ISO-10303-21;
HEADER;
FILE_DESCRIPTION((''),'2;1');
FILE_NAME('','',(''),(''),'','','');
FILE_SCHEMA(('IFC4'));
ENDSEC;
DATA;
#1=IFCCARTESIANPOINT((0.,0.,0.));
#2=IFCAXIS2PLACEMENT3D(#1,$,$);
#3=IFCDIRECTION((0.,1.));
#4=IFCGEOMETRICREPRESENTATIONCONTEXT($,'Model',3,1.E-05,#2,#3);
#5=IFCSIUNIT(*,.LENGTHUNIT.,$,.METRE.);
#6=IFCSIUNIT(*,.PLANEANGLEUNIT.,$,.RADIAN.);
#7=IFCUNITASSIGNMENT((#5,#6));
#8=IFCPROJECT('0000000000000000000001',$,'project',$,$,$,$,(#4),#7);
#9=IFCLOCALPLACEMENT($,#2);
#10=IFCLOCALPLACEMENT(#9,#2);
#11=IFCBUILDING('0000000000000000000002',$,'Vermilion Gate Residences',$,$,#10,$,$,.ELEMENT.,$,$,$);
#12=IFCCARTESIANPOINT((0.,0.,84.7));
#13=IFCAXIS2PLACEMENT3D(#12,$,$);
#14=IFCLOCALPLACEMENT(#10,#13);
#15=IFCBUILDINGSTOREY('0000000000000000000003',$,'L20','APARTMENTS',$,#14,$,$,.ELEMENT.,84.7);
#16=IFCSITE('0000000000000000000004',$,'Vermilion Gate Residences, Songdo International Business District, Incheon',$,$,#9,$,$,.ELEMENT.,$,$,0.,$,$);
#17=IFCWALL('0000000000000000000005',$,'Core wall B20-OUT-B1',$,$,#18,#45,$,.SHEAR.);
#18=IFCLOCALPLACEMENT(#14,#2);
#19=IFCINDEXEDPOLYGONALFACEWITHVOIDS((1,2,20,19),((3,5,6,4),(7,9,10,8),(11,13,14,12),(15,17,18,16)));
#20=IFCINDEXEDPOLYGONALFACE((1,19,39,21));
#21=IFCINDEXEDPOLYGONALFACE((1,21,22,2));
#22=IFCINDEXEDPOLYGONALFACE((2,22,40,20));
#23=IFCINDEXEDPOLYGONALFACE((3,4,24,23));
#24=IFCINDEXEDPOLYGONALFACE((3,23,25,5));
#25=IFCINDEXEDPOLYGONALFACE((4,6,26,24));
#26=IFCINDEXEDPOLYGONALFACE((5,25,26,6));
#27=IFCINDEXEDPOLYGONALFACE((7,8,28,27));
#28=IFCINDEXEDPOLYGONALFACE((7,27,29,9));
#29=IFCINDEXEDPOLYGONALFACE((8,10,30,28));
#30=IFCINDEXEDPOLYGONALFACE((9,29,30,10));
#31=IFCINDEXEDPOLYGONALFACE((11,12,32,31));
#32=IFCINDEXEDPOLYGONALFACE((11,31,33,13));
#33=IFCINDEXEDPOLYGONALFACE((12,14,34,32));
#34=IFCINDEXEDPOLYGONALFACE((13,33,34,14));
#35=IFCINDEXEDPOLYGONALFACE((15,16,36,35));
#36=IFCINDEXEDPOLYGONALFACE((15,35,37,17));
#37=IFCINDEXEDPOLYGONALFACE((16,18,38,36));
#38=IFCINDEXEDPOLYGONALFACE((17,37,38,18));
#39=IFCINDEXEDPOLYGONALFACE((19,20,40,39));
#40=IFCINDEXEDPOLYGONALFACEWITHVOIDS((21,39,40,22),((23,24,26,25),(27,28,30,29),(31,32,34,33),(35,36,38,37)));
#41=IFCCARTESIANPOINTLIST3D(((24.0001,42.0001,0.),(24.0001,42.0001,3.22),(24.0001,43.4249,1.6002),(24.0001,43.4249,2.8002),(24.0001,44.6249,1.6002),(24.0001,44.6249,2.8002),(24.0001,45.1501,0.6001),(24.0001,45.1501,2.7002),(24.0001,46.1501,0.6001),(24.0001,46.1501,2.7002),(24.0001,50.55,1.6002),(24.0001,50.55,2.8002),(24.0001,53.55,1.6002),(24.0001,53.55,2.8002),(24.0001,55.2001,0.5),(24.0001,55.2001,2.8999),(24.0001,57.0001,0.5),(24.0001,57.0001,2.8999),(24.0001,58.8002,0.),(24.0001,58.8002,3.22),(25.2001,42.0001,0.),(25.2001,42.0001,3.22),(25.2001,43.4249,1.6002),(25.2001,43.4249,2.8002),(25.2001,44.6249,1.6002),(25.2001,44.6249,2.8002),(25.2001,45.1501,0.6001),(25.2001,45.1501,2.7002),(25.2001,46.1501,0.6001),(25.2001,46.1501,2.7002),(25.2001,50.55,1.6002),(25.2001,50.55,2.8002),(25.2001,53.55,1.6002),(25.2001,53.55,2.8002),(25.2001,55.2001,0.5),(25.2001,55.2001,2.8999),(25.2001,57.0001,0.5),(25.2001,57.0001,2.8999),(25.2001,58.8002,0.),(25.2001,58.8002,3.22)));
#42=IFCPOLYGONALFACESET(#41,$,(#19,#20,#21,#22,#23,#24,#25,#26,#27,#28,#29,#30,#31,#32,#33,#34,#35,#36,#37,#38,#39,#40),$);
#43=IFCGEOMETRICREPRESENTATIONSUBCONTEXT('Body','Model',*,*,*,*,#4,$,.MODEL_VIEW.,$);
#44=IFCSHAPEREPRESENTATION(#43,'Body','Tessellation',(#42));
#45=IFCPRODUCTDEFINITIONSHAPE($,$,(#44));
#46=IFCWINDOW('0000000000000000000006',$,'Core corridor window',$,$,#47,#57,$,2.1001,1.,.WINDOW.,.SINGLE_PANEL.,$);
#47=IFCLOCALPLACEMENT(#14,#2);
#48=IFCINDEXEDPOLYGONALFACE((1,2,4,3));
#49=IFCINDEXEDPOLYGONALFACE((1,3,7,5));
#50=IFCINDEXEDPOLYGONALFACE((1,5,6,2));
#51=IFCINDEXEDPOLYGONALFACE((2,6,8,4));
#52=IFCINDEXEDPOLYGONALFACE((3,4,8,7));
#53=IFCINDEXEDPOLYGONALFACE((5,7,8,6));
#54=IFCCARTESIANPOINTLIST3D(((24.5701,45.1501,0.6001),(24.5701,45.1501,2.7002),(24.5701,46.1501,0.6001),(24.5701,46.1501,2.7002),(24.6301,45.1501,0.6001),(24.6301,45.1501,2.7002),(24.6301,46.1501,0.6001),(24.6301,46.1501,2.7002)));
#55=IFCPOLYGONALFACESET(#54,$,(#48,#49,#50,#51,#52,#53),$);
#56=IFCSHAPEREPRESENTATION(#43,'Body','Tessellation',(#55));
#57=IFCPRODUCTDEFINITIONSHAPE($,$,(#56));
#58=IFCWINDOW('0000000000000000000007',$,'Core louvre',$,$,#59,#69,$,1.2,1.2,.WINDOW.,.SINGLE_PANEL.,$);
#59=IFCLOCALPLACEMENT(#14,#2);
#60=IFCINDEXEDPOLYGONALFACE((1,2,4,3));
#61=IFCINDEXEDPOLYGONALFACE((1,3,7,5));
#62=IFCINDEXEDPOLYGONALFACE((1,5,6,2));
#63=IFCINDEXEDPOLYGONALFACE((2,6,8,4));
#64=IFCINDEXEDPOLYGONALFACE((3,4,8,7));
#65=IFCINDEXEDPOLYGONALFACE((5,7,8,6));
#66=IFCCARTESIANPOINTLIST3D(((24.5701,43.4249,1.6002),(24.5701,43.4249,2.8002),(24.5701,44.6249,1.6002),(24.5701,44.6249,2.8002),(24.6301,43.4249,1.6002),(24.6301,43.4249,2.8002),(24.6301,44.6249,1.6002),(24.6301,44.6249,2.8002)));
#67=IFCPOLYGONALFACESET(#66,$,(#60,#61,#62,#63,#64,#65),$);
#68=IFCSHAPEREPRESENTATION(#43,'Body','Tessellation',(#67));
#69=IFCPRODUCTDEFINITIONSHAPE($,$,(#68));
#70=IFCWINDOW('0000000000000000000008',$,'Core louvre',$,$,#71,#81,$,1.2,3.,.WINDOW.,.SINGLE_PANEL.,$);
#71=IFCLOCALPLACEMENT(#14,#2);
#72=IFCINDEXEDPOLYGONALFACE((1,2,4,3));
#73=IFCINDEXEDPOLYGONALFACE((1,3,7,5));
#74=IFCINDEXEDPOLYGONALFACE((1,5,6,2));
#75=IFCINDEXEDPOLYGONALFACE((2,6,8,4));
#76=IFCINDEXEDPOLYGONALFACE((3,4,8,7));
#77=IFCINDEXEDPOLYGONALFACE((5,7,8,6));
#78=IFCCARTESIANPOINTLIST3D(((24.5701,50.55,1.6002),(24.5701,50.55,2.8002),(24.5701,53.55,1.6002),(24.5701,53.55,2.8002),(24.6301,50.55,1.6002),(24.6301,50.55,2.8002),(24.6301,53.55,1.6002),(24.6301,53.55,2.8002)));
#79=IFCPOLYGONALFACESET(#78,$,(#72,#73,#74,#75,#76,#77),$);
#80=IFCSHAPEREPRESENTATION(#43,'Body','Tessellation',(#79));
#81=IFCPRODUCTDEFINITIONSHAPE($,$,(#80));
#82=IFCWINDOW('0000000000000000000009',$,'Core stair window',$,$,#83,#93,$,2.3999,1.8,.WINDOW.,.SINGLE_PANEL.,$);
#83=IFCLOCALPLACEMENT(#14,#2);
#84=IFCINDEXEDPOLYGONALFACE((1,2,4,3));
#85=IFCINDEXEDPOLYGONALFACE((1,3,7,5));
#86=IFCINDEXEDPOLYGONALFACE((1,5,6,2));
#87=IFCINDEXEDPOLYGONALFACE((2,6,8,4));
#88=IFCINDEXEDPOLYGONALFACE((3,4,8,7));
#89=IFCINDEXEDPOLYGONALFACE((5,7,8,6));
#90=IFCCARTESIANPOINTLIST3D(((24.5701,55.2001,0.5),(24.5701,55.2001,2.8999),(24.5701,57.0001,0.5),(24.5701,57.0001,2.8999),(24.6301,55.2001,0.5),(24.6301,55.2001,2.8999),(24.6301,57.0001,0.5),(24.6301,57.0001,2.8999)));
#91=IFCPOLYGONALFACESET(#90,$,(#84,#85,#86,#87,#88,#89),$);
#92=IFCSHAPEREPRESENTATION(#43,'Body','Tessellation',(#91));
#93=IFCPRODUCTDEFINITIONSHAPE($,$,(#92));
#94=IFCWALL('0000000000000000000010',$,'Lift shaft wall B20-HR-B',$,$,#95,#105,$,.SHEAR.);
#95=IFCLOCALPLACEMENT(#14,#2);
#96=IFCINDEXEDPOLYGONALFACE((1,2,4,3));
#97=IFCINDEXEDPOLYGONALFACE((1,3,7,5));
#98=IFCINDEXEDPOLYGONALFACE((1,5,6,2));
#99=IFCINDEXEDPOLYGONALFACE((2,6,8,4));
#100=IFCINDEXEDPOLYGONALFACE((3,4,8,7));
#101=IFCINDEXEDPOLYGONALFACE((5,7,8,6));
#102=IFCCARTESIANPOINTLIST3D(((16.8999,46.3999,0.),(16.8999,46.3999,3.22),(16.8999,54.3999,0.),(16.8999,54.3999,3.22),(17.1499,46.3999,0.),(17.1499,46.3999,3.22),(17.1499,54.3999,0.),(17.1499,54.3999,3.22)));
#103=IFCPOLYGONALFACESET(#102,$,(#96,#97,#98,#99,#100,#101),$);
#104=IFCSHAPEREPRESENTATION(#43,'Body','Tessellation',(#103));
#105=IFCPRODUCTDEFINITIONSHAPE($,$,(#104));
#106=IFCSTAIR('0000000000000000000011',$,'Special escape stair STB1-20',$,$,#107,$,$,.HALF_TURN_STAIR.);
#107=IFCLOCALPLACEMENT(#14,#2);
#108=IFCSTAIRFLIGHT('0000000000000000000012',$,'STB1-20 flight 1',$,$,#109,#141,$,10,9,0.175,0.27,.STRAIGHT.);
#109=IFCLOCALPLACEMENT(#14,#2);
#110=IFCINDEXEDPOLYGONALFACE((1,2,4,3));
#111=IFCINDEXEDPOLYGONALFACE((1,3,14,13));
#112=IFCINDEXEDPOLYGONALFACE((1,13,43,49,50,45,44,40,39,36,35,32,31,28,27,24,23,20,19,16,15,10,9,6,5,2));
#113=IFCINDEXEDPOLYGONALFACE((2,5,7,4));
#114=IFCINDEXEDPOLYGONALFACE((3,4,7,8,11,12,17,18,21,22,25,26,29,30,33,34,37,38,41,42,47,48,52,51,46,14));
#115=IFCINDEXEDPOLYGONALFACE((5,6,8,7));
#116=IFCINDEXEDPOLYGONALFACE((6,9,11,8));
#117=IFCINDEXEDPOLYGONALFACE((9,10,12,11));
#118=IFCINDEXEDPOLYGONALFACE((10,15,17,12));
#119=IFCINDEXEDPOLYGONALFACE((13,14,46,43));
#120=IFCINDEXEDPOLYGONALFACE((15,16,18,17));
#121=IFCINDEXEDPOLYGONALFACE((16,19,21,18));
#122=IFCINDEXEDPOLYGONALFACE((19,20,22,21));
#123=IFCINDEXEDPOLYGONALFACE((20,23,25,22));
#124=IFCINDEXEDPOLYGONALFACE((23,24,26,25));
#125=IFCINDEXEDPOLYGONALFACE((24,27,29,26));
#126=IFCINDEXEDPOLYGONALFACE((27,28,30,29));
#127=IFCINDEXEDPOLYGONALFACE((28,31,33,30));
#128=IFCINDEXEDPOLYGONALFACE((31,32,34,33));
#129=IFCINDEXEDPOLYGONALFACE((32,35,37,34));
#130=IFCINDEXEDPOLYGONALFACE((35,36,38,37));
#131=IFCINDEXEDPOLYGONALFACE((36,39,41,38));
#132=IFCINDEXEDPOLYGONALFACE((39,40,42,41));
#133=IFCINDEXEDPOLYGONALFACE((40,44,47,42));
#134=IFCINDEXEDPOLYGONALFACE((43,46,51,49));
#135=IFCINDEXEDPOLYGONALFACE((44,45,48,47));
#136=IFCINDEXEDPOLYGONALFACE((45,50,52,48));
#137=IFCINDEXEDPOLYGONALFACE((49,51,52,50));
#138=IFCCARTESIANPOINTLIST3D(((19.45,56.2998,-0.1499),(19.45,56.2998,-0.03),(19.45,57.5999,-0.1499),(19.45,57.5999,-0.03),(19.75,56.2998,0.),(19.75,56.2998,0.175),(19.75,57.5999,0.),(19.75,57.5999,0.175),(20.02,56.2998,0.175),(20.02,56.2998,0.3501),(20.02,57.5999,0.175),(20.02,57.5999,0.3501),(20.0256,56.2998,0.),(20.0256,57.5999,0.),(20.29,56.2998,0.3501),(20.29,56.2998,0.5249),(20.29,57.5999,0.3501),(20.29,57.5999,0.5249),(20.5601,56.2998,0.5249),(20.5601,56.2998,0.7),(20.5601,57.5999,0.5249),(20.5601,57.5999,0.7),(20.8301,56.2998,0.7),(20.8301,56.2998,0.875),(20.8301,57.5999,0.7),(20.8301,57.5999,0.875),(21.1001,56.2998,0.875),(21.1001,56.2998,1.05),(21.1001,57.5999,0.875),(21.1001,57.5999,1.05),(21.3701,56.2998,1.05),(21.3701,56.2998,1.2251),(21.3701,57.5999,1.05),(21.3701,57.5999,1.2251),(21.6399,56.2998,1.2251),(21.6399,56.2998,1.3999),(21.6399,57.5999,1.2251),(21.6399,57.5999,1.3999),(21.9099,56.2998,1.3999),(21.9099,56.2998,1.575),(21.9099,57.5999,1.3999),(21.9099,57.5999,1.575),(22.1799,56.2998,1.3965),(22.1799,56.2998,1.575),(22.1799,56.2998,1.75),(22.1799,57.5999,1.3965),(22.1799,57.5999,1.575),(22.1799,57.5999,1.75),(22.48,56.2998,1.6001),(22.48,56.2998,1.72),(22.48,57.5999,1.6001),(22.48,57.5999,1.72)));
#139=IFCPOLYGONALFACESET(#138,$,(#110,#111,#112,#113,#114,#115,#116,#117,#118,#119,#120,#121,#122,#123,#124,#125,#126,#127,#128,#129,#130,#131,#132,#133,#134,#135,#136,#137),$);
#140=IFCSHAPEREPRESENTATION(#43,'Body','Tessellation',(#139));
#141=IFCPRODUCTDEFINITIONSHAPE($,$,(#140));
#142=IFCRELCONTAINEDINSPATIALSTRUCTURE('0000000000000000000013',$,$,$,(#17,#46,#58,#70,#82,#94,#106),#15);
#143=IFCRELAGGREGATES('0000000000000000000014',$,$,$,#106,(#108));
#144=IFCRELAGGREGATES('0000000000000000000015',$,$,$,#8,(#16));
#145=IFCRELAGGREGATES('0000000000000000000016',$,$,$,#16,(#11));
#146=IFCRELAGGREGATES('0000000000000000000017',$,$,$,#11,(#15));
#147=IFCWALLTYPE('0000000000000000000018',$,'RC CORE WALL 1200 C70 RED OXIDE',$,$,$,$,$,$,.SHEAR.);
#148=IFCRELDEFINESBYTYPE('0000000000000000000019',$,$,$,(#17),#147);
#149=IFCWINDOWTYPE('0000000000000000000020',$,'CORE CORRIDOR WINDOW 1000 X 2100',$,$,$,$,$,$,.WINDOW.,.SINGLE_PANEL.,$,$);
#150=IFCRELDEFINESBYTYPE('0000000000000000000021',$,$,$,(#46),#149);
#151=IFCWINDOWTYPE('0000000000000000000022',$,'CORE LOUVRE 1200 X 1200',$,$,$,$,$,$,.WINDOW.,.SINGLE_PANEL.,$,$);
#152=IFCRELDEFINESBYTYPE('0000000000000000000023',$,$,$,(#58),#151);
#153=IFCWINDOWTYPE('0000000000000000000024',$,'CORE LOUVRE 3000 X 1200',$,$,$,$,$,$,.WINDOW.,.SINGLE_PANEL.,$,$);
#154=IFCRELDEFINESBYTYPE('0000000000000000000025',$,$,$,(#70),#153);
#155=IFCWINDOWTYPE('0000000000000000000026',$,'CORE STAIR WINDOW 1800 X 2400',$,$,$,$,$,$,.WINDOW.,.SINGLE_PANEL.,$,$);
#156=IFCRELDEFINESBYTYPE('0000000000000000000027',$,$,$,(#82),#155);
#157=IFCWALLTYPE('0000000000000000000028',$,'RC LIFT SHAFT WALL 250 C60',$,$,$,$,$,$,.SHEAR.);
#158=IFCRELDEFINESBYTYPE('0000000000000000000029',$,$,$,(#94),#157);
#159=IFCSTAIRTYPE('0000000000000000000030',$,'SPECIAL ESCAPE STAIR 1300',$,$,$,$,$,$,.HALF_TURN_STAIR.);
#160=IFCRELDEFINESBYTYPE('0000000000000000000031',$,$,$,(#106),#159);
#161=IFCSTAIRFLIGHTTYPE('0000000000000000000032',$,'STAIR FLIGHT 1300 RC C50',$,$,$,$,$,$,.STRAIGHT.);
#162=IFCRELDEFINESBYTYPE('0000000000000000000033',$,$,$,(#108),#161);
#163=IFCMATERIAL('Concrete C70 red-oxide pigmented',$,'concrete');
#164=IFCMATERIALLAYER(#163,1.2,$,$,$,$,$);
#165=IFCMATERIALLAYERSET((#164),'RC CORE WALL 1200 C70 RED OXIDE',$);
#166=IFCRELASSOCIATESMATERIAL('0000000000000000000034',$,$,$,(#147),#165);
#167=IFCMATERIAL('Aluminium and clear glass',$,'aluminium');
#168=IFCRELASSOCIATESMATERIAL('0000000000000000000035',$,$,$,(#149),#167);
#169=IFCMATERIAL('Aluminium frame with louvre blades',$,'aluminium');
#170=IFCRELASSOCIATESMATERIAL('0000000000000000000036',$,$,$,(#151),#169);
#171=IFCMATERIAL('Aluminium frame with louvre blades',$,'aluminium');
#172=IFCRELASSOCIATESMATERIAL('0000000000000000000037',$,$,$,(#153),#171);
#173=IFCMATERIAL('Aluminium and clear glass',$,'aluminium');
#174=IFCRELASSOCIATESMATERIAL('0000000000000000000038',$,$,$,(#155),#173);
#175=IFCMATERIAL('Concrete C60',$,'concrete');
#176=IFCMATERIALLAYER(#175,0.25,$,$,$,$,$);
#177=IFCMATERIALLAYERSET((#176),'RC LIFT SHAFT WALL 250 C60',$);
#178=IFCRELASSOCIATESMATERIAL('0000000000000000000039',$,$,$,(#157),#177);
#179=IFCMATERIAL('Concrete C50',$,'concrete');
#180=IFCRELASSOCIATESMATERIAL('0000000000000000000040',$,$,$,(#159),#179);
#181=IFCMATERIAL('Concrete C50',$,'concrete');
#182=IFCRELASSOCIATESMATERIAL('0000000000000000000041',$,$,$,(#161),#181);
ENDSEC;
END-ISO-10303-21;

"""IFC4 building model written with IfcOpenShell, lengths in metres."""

from ifc_helpers import new_model, si_unit, direction, frame, frame_2d, origin, place, context, subcontext, project, spatial, polyline, rectangle, outline, extrude, material, layer, layer_set, type_object, element, fill, aggregate, save


model = new_model("IFC4")

# Units and contexts
model_context = context("Model", 3, precision=1e-05, world=origin(), true_north=direction((0.0, 1.0)))
body_context = subcontext(model_context, "Body", "Model", "MODEL_VIEW")
ifc_project = project(units=[si_unit("LENGTHUNIT", "METRE"), si_unit("PLANEANGLEUNIT", "RADIAN")], contexts=[model_context])

# Site, building, storey
site_placement = place(None, origin())
site = spatial("IfcSite", under=ifc_project, at=site_placement, Name="Vermilion Gate Residences, Songdo International Business District, Incheon", CompositionType="ELEMENT", RefElevation=0.0)
building_placement = place(site_placement, origin())
building = spatial("IfcBuilding", under=site, at=building_placement, Name="Vermilion Gate Residences", CompositionType="ELEMENT")
storey_placement = place(building_placement, frame((0.0, 0.0, 84.7)))
storey = spatial("IfcBuildingStorey", under=building, at=storey_placement, Name="L20", Description="APARTMENTS", CompositionType="ELEMENT", Elevation=84.7)

# Wall, openings, windows
ifc_material_1 = material(Name="Concrete C70 red-oxide pigmented", Category="concrete")
ifc_layer_1 = layer(ifc_material_1, 1.2)
ifc_layer_set_1 = layer_set([ifc_layer_1], Name="RC CORE WALL 1200 C70 RED OXIDE")
wall_type_1 = type_object("IfcWallType", Name="RC CORE WALL 1200 C70 RED OXIDE", PredefinedType="SHEAR", material=ifc_layer_set_1)
wall_1_placement = place(storey_placement, frame((24.6001, 58.8, 0.0), z_axis=(0.0, 0.0, 1.0), x_axis=(0.0, -1.0, 0.0)))
wall_1 = element("IfcWall", 1, at=wall_1_placement, inside=storey, type_object=wall_type_1, Name="Core wall B20-OUT-B1", PredefinedType="SHEAR", context=body_context, shape_type="SweptSolid", body=[
    extrude(rectangle(XDim=16.8, YDim=1.2, at=frame_2d((8.3999, 0.0))), origin(), (0.0, 0.0, 1.0), 3.22),
])
opening_1_placement = place(wall_1_placement, frame((1.8, 0.0, 0.5)))
opening_1 = element("IfcOpeningElement", 2, at=opening_1_placement, cuts=wall_1, PredefinedType="OPENING", context=body_context, shape_type="SweptSolid", body=[
    extrude(rectangle(XDim=1.8, YDim=2.3999, at=frame_2d((0.8999, 1.2))), frame((0.0, 0.6099, 0.0), z_axis=(0.0, -1.0, 0.0), x_axis=(1.0, 0.0, 0.0)), (0.0, 0.0, 1.0), 1.22),
])
opening_2_placement = place(wall_1_placement, frame((5.25, 0.0, 1.6001)))
opening_2 = element("IfcOpeningElement", 3, at=opening_2_placement, cuts=wall_1, PredefinedType="OPENING", context=body_context, shape_type="SweptSolid", body=[
    extrude(rectangle(XDim=3.0, YDim=1.2, at=frame_2d((1.5, 0.6001))), frame((0.0, 0.6099, 0.0), z_axis=(0.0, -1.0, 0.0), x_axis=(1.0, 0.0, 0.0)), (0.0, 0.0, 1.0), 1.22),
])
opening_3_placement = place(wall_1_placement, frame((12.6499, 0.0, 0.6001)))
opening_3 = element("IfcOpeningElement", 4, at=opening_3_placement, cuts=wall_1, PredefinedType="OPENING", context=body_context, shape_type="SweptSolid", body=[
    extrude(rectangle(XDim=1.0, YDim=2.1001, at=frame_2d((0.5, 1.05))), frame((0.0, 0.6099, 0.0), z_axis=(0.0, -1.0, 0.0), x_axis=(1.0, 0.0, 0.0)), (0.0, 0.0, 1.0), 1.22),
])
opening_4_placement = place(wall_1_placement, frame((14.175, 0.0, 1.6001)))
opening_4 = element("IfcOpeningElement", 5, at=opening_4_placement, cuts=wall_1, PredefinedType="OPENING", context=body_context, shape_type="SweptSolid", body=[
    extrude(rectangle(XDim=1.2, YDim=1.2, at=frame_2d((0.6001, 0.6001))), frame((0.0, 0.6099, 0.0), z_axis=(0.0, -1.0, 0.0), x_axis=(1.0, 0.0, 0.0)), (0.0, 0.0, 1.0), 1.22),
])
ifc_material_2 = material(Name="Aluminium and clear glass", Category="aluminium")
window_type_1 = type_object("IfcWindowType", Name="CORE CORRIDOR WINDOW 1000 X 2100", PartitioningType="SINGLE_PANEL", PredefinedType="WINDOW", material=ifc_material_2)
window_1_placement = place(opening_3_placement, origin())
window_1 = element("IfcWindow", 6, at=window_1_placement, inside=storey, type_object=window_type_1, Name="Core corridor window", OverallHeight=2.1001, OverallWidth=1.0, PartitioningType="SINGLE_PANEL", PredefinedType="WINDOW", context=body_context, shape_type="SweptSolid", body=[
    extrude(rectangle(XDim=1.0, YDim=2.1001, at=frame_2d((0.5, 1.05))), frame((0.0, 0.03, 0.0), z_axis=(0.0, -1.0, 0.0), x_axis=(1.0, 0.0, 0.0)), (0.0, 0.0, 1.0), 0.0601),
])
fill(opening_3, window_1)
ifc_material_3 = material(Name="Aluminium frame with louvre blades", Category="aluminium")
window_type_2 = type_object("IfcWindowType", Name="CORE LOUVRE 1200 X 1200", PartitioningType="SINGLE_PANEL", PredefinedType="WINDOW", material=ifc_material_3)
window_2_placement = place(opening_4_placement, origin())
window_2 = element("IfcWindow", 7, at=window_2_placement, inside=storey, type_object=window_type_2, Name="Core louvre", OverallHeight=1.2, OverallWidth=1.2, PartitioningType="SINGLE_PANEL", PredefinedType="WINDOW", context=body_context, shape_type="SweptSolid", body=[
    extrude(rectangle(XDim=1.2, YDim=1.2, at=frame_2d((0.6001, 0.6001))), frame((0.0, 0.03, 0.0), z_axis=(0.0, -1.0, 0.0), x_axis=(1.0, 0.0, 0.0)), (0.0, 0.0, 1.0), 0.0601),
])
fill(opening_4, window_2)
ifc_material_4 = material(Name="Aluminium frame with louvre blades", Category="aluminium")
window_type_3 = type_object("IfcWindowType", Name="CORE LOUVRE 3000 X 1200", PartitioningType="SINGLE_PANEL", PredefinedType="WINDOW", material=ifc_material_4)
window_3_placement = place(opening_2_placement, origin())
window_3 = element("IfcWindow", 8, at=window_3_placement, inside=storey, type_object=window_type_3, Name="Core louvre", OverallHeight=1.2, OverallWidth=3.0, PartitioningType="SINGLE_PANEL", PredefinedType="WINDOW", context=body_context, shape_type="SweptSolid", body=[
    extrude(rectangle(XDim=3.0, YDim=1.2, at=frame_2d((1.5, 0.6001))), frame((0.0, 0.03, 0.0), z_axis=(0.0, -1.0, 0.0), x_axis=(1.0, 0.0, 0.0)), (0.0, 0.0, 1.0), 0.0601),
])
fill(opening_2, window_3)
ifc_material_5 = material(Name="Aluminium and clear glass", Category="aluminium")
window_type_4 = type_object("IfcWindowType", Name="CORE STAIR WINDOW 1800 X 2400", PartitioningType="SINGLE_PANEL", PredefinedType="WINDOW", material=ifc_material_5)
window_4_placement = place(opening_1_placement, origin())
window_4 = element("IfcWindow", 9, at=window_4_placement, inside=storey, type_object=window_type_4, Name="Core stair window", OverallHeight=2.3999, OverallWidth=1.8, PartitioningType="SINGLE_PANEL", PredefinedType="WINDOW", context=body_context, shape_type="SweptSolid", body=[
    extrude(rectangle(XDim=1.8, YDim=2.3999, at=frame_2d((0.8999, 1.2))), frame((0.0, 0.03, 0.0), z_axis=(0.0, -1.0, 0.0), x_axis=(1.0, 0.0, 0.0)), (0.0, 0.0, 1.0), 0.0601),
])
fill(opening_1, window_4)

# Wall
ifc_material_6 = material(Name="Concrete C60", Category="concrete")
ifc_layer_2 = layer(ifc_material_6, 0.25)
ifc_layer_set_2 = layer_set([ifc_layer_2], Name="RC LIFT SHAFT WALL 250 C60")
wall_type_2 = type_object("IfcWallType", Name="RC LIFT SHAFT WALL 250 C60", PredefinedType="SHEAR", material=ifc_layer_set_2)
wall_2_placement = place(storey_placement, frame((17.0249, 54.3999, 0.0), z_axis=(0.0, 0.0, 1.0), x_axis=(0.0, -1.0, 0.0)))
element("IfcWall", 10, at=wall_2_placement, inside=storey, type_object=wall_type_2, Name="Lift shaft wall B20-HR-B", PredefinedType="SHEAR", context=body_context, shape_type="SweptSolid", body=[
    extrude(rectangle(XDim=8.0, YDim=0.25, at=frame_2d((4.0, 0.0))), origin(), (0.0, 0.0, 1.0), 3.22),
])

# Stair, stair flight
ifc_material_7 = material(Name="Concrete C50", Category="concrete")
stair_type = type_object("IfcStairType", Name="SPECIAL ESCAPE STAIR 1300", PredefinedType="HALF_TURN_STAIR", material=ifc_material_7)
stair_placement = place(storey_placement, origin())
stair = element("IfcStair", 11, at=stair_placement, inside=storey, type_object=stair_type, Name="Special escape stair STB1-20", PredefinedType="HALF_TURN_STAIR")
ifc_material_8 = material(Name="Concrete C50", Category="concrete")
stair_flight_type = type_object("IfcStairFlightType", Name="STAIR FLIGHT 1300 RC C50", PredefinedType="STRAIGHT", material=ifc_material_8)
stair_flight_1_placement = place(storey_placement, frame((19.75, 56.95, 0.0), z_axis=(0.0, 0.0, 1.0), x_axis=(1.0, 0.0, 0.0)))
stair_flight_1 = element("IfcStairFlight", 12, at=stair_flight_1_placement, type_object=stair_flight_type, Name="STB1-20 flight 1", NumberOfRisers=10, NumberOfTreads=9, PredefinedType="STRAIGHT", RiserHeight=0.175, TreadLength=0.27, context=body_context, shape_type="SweptSolid", body=[
    extrude(outline(polyline([(-0.3, -0.1499), (-0.3, -0.03), (0.0, 0.0), (0.0, 0.175), (0.27, 0.175), (0.27, 0.3501), (0.54, 0.3501), (0.54, 0.5249), (0.8101, 0.5249), (0.8101, 0.7), (1.0801, 0.7), (1.0801, 0.875), (1.3501, 0.875), (1.3501, 1.05), (1.6201, 1.05), (1.6201, 1.2251), (1.8899, 1.2251), (1.8899, 1.3999), (2.1599, 1.3999), (2.1599, 1.575), (2.4299, 1.575), (2.4299, 1.75), (2.73, 1.72), (2.73, 1.6001), (2.4299, 1.3965), (0.2756, 0.0), (-0.3, -0.1499)])), frame((0.0, 0.6499, 0.0), z_axis=(0.0, -1.0, 0.0), x_axis=(1.0, 0.0, 0.0)), (0.0, 0.0, 1.0), 1.3),
])
aggregate(stair, [stair_flight_1])

save(model, "model.ifc")
